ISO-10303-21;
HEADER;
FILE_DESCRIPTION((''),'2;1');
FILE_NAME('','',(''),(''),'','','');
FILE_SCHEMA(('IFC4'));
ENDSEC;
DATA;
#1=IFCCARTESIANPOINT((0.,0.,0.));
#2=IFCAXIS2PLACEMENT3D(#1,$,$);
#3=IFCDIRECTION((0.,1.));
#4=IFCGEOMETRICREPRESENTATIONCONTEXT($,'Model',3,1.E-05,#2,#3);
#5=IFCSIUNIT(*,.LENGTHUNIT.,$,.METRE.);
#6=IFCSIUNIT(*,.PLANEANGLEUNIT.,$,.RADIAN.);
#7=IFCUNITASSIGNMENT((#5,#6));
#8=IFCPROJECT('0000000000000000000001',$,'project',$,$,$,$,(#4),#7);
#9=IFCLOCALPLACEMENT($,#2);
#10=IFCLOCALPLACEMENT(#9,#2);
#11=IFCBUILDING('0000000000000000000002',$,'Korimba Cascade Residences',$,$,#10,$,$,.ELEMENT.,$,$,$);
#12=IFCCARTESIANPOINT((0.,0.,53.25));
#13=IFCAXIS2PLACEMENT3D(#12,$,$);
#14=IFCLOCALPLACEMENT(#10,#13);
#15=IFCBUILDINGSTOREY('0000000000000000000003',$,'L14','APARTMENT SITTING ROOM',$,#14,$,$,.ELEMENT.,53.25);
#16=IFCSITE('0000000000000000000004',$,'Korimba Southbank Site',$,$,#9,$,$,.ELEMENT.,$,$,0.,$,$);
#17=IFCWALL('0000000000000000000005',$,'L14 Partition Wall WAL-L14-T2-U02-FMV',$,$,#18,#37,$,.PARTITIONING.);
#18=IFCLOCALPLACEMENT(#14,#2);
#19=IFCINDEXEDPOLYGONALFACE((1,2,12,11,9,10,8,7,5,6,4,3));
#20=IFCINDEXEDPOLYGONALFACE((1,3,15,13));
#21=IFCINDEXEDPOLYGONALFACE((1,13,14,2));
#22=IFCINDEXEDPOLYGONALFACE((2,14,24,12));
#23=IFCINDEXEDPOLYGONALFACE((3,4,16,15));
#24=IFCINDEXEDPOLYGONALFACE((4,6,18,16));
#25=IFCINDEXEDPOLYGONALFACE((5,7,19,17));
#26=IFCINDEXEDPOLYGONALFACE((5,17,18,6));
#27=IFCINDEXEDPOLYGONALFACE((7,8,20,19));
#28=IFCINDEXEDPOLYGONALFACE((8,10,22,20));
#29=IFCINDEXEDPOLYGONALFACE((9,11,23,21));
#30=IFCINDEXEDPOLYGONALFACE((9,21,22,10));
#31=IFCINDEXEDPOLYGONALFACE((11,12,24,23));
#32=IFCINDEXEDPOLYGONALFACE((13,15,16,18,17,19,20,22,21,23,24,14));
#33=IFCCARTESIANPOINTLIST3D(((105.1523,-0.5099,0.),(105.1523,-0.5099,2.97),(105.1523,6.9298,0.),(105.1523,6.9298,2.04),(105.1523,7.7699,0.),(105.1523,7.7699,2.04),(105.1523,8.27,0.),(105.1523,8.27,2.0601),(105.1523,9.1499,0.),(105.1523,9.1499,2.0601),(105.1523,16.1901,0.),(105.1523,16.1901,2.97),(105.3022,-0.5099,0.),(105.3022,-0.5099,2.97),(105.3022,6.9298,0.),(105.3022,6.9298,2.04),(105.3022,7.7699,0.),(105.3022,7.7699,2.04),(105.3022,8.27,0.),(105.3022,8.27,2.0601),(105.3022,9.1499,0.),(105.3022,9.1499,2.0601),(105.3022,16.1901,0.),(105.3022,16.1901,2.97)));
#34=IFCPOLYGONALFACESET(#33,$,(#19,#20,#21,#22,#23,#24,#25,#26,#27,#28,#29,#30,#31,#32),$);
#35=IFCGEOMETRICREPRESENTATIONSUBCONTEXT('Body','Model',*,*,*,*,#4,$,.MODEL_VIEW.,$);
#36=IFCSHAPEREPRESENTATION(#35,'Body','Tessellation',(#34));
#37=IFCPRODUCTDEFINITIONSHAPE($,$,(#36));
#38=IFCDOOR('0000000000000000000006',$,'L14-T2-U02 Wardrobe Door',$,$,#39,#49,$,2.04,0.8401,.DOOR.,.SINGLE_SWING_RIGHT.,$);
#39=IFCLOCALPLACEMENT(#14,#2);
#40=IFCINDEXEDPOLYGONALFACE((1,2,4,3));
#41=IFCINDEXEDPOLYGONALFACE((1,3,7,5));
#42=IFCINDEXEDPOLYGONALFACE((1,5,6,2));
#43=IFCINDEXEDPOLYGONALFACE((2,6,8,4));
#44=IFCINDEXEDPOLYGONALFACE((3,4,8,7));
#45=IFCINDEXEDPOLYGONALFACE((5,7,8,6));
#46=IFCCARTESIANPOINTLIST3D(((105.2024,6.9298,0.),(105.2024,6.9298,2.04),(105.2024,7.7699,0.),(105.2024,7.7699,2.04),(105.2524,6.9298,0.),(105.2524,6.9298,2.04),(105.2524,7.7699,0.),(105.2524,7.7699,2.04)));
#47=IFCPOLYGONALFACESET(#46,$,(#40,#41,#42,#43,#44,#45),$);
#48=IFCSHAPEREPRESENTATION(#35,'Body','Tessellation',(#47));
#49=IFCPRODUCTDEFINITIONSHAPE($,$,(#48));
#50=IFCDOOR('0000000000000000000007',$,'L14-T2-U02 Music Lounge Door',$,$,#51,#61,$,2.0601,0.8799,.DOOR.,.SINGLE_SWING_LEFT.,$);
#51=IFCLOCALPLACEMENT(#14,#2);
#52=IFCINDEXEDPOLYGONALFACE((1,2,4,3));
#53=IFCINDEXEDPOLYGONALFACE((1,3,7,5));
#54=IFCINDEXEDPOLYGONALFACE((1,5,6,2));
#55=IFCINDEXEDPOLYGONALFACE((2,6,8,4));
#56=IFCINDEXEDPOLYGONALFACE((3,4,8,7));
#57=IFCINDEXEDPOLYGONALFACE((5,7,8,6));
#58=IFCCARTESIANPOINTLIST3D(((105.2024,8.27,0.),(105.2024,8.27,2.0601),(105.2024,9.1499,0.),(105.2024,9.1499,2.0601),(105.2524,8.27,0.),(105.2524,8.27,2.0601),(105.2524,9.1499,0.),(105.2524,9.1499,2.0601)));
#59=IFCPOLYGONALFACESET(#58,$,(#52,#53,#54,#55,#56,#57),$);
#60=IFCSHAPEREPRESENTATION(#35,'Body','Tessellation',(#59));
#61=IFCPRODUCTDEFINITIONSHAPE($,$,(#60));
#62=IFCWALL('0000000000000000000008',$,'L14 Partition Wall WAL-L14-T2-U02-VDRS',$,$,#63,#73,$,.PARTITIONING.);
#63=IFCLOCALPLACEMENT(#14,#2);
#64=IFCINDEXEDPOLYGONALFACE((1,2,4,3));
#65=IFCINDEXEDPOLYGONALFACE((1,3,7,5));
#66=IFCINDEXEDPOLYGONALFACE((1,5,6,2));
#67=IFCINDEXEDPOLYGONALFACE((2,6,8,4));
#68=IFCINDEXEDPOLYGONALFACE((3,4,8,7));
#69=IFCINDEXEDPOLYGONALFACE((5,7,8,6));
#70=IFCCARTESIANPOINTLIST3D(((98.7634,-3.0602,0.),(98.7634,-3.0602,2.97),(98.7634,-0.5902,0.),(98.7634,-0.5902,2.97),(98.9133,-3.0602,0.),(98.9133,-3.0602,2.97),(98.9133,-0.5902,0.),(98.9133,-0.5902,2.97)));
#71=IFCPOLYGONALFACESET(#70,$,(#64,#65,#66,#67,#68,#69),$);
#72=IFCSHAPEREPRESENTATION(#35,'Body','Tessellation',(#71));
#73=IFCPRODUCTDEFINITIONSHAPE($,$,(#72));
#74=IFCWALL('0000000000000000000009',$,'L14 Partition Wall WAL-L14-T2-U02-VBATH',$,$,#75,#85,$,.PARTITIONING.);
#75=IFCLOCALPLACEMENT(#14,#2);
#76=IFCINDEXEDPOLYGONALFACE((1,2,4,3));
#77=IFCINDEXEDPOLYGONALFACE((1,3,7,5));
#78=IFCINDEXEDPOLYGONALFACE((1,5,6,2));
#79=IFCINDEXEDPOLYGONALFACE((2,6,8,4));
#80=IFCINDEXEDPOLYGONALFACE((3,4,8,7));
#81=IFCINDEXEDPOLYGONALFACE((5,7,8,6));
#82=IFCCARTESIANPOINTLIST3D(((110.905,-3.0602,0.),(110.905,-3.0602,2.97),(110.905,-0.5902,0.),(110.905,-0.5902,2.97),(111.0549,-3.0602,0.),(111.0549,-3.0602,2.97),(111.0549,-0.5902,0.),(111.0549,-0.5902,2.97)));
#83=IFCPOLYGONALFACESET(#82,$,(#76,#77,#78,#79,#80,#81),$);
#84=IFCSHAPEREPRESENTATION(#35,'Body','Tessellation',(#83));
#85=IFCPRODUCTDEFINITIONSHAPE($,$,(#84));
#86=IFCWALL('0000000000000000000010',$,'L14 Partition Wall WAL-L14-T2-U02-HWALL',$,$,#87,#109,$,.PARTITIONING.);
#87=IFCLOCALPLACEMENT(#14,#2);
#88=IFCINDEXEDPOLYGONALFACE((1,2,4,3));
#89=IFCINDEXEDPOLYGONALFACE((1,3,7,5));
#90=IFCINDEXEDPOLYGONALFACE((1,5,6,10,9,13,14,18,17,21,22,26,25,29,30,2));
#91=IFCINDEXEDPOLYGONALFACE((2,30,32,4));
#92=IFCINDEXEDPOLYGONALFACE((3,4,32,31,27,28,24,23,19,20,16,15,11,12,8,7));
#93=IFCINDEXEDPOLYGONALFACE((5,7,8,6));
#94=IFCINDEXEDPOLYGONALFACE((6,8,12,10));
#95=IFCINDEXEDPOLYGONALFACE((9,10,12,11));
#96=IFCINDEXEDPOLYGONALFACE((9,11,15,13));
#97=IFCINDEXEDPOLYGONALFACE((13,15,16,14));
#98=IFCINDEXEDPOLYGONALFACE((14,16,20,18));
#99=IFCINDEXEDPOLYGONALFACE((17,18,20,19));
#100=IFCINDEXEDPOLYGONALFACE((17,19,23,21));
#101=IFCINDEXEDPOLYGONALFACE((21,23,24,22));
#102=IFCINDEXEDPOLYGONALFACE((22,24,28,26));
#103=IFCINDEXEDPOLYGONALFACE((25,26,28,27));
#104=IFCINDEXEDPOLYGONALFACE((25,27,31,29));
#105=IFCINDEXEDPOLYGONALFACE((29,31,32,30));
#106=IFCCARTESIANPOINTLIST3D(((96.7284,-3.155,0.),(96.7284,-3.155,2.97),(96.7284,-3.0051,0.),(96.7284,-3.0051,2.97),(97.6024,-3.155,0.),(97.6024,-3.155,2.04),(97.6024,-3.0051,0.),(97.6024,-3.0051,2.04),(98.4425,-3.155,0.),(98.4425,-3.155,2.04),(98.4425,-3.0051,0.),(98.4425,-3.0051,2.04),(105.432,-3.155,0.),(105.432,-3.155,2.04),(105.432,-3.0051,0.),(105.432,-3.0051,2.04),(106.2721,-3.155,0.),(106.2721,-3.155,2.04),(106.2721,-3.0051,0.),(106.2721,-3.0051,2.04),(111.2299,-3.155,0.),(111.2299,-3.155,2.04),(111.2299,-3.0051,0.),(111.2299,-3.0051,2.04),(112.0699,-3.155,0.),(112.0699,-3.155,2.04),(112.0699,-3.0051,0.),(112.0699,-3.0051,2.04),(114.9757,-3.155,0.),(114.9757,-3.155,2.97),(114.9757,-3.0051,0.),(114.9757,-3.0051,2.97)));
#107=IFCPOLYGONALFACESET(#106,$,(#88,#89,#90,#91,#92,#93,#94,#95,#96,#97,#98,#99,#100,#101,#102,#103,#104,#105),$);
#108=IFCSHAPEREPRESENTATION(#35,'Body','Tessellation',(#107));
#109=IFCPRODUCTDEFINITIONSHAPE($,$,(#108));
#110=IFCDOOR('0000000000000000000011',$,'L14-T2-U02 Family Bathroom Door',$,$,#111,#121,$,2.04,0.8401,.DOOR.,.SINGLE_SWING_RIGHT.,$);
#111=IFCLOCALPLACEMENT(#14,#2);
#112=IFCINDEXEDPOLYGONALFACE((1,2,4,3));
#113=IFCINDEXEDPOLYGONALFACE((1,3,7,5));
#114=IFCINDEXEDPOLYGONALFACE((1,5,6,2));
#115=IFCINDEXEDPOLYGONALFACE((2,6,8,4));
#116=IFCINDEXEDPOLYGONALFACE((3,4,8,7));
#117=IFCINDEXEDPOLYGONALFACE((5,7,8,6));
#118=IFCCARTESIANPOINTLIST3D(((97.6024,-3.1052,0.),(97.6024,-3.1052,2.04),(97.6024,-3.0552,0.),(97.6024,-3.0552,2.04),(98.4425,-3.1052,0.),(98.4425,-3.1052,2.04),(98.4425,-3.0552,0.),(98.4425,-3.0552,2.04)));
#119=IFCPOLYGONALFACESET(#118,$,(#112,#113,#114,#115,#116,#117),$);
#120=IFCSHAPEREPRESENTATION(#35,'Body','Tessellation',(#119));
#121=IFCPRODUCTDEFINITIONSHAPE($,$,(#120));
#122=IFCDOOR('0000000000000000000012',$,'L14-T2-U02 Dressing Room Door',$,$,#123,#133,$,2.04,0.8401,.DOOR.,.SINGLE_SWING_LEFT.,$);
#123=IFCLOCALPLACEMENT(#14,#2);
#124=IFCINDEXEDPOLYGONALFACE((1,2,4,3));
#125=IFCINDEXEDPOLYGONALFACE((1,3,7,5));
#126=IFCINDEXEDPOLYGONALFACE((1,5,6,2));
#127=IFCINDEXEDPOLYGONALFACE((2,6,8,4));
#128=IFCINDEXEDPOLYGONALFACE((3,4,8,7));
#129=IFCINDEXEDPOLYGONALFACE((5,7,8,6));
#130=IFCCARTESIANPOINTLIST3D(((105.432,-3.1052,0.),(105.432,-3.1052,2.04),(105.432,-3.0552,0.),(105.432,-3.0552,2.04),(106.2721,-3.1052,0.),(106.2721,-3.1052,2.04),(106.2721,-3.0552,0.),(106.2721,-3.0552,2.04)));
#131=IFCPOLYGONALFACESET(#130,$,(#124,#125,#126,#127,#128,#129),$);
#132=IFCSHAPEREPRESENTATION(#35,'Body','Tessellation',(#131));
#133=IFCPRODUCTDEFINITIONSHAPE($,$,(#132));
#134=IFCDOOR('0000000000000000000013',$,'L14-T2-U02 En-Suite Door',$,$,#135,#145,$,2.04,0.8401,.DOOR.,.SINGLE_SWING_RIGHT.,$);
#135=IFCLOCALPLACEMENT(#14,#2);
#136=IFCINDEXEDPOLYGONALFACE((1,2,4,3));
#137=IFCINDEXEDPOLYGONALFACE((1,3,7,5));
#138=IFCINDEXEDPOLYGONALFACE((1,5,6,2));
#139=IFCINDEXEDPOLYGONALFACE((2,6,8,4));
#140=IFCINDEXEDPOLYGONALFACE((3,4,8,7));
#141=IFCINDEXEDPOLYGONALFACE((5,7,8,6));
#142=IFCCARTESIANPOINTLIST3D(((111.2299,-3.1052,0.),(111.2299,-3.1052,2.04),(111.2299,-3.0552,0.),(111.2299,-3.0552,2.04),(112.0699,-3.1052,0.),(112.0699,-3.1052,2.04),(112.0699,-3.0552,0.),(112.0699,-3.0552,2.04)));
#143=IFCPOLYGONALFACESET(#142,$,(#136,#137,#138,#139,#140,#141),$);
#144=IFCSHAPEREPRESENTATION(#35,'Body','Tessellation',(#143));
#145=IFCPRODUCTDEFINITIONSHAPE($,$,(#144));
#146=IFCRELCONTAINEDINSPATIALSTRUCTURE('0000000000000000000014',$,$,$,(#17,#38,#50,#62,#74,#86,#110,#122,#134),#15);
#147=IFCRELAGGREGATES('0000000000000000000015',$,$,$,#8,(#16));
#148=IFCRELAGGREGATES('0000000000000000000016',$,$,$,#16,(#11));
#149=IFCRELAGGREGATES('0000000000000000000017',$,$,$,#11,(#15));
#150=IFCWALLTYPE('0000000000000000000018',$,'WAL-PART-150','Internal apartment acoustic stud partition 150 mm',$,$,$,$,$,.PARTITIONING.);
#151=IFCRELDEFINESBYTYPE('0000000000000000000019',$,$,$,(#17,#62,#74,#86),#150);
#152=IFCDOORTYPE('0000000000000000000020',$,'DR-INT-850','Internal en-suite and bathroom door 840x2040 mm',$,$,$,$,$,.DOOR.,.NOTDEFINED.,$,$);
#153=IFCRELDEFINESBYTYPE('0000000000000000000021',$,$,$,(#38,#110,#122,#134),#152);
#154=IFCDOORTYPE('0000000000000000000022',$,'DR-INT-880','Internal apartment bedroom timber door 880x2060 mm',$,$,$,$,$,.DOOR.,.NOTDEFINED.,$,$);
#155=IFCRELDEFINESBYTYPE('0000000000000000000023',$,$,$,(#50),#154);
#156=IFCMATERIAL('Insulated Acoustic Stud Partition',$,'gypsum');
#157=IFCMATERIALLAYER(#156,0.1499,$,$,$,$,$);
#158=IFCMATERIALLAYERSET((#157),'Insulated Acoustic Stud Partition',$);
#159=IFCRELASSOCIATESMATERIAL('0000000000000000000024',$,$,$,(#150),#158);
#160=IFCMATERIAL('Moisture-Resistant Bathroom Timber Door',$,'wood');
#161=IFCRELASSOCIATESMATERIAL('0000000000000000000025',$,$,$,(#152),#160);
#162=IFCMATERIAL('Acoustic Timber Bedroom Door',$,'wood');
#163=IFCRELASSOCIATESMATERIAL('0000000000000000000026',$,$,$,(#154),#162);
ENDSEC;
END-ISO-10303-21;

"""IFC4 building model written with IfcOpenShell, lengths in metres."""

from ifc_helpers import new_model, si_unit, direction, frame, frame_2d, origin, place, context, subcontext, project, spatial, rectangle, extrude, material, layer, layer_set, type_object, element, fill, save


model = new_model("IFC4")

# Units and contexts
model_context = context("Model", 3, precision=1e-05, world=origin(), true_north=direction((0.0, 1.0)))
body_context = subcontext(model_context, "Body", "Model", "MODEL_VIEW")
ifc_project = project(units=[si_unit("LENGTHUNIT", "METRE"), si_unit("PLANEANGLEUNIT", "RADIAN")], contexts=[model_context])

# Site, building, storey
site_placement = place(None, origin())
site = spatial("IfcSite", under=ifc_project, at=site_placement, Name="Korimba Southbank Site", CompositionType="ELEMENT", RefElevation=0.0)
building_placement = place(site_placement, origin())
building = spatial("IfcBuilding", under=site, at=building_placement, Name="Korimba Cascade Residences", CompositionType="ELEMENT")
storey_placement = place(building_placement, frame((0.0, 0.0, 53.25)))
storey = spatial("IfcBuildingStorey", under=building, at=storey_placement, Name="L14", Description="APARTMENT SITTING ROOM", CompositionType="ELEMENT", Elevation=53.25)

# Wall, openings, doors
ifc_material_1 = material(Name="Insulated Acoustic Stud Partition", Category="gypsum")
ifc_layer = layer(ifc_material_1, 0.1499)
ifc_layer_set = layer_set([ifc_layer], Name="Insulated Acoustic Stud Partition")
wall_type = type_object("IfcWallType", Name="WAL-PART-150", Description="Internal apartment acoustic stud partition 150 mm", PredefinedType="PARTITIONING", material=ifc_layer_set)
wall_1_placement = place(storey_placement, frame((105.2273, -0.51, 0.0), z_axis=(0.0, 0.0, 1.0), x_axis=(0.0, 1.0, 0.0)))
wall_1 = element("IfcWall", 1, at=wall_1_placement, inside=storey, type_object=wall_type, Name="L14 Partition Wall WAL-L14-T2-U02-FMV", PredefinedType="PARTITIONING", context=body_context, shape_type="SweptSolid", body=[
    extrude(rectangle(XDim=16.7, YDim=0.1499, at=frame_2d((8.3501, 0.0))), origin(), (0.0, 0.0, 1.0), 2.97),
])
opening_1_placement = place(wall_1_placement, frame((7.4399, 0.0, 0.0)))
opening_1 = element("IfcOpeningElement", 2, at=opening_1_placement, cuts=wall_1, PredefinedType="OPENING", context=body_context, shape_type="SweptSolid", body=[
    extrude(rectangle(XDim=0.8401, YDim=2.04, at=frame_2d((0.4199, 1.02))), frame((0.0, 0.085, 0.0), z_axis=(0.0, -1.0, 0.0), x_axis=(1.0, 0.0, 0.0)), (0.0, 0.0, 1.0), 0.1699),
])
opening_2_placement = place(wall_1_placement, frame((8.78, 0.0, 0.0)))
opening_2 = element("IfcOpeningElement", 3, at=opening_2_placement, cuts=wall_1, PredefinedType="OPENING", context=body_context, shape_type="SweptSolid", body=[
    extrude(rectangle(XDim=0.8799, YDim=2.0601, at=frame_2d((0.4399, 1.03))), frame((0.0, 0.085, 0.0), z_axis=(0.0, -1.0, 0.0), x_axis=(1.0, 0.0, 0.0)), (0.0, 0.0, 1.0), 0.1699),
])
ifc_material_2 = material(Name="Moisture-Resistant Bathroom Timber Door", Category="wood")
door_type_1 = type_object("IfcDoorType", Name="DR-INT-850", Description="Internal en-suite and bathroom door 840x2040 mm", OperationType="NOTDEFINED", PredefinedType="DOOR", material=ifc_material_2)
door_1_placement = place(opening_1_placement, origin())
door_1 = element("IfcDoor", 4, at=door_1_placement, inside=storey, type_object=door_type_1, Name="L14-T2-U02 Wardrobe Door", OperationType="SINGLE_SWING_RIGHT", OverallHeight=2.04, OverallWidth=0.8401, PredefinedType="DOOR", context=body_context, shape_type="SweptSolid", body=[
    extrude(rectangle(XDim=0.8401, YDim=2.04, at=frame_2d((0.4199, 1.02))), frame((0.0, 0.0249, 0.0), z_axis=(0.0, -1.0, 0.0), x_axis=(1.0, 0.0, 0.0)), (0.0, 0.0, 1.0), 0.05),
])
fill(opening_1, door_1)
ifc_material_3 = material(Name="Acoustic Timber Bedroom Door", Category="wood")
door_type_2 = type_object("IfcDoorType", Name="DR-INT-880", Description="Internal apartment bedroom timber door 880x2060 mm", OperationType="NOTDEFINED", PredefinedType="DOOR", material=ifc_material_3)
door_2_placement = place(opening_2_placement, origin())
door_2 = element("IfcDoor", 5, at=door_2_placement, inside=storey, type_object=door_type_2, Name="L14-T2-U02 Music Lounge Door", OperationType="SINGLE_SWING_LEFT", OverallHeight=2.0601, OverallWidth=0.8799, PredefinedType="DOOR", context=body_context, shape_type="SweptSolid", body=[
    extrude(rectangle(XDim=0.8799, YDim=2.0601, at=frame_2d((0.4399, 1.03))), frame((0.0, 0.0249, 0.0), z_axis=(0.0, -1.0, 0.0), x_axis=(1.0, 0.0, 0.0)), (0.0, 0.0, 1.0), 0.05),
])
fill(opening_2, door_2)

# Walls
for number, where, z_axis, x_axis, name in (
    (6, (98.8384, -3.0601, 0.0), (0.0, 0.0, 1.0), (0.0, 1.0, 0.0), "L14 Partition Wall WAL-L14-T2-U02-VDRS"),
    (7, (110.98, -3.0601, 0.0), (0.0, 0.0, 1.0), (0.0, 1.0, 0.0), "L14 Partition Wall WAL-L14-T2-U02-VBATH"),
):
    element("IfcWall", number, at=place(storey_placement, frame(where, z_axis=z_axis, x_axis=x_axis)), inside=storey, type_object=wall_type, Name=name, PredefinedType="PARTITIONING", context=body_context, shape_type="SweptSolid", body=[
        extrude(rectangle(XDim=2.47, YDim=0.1499, at=frame_2d((1.2349, 0.0))), origin(), (0.0, 0.0, 1.0), 2.97),
    ])

# Wall, openings, doors
wall_2_placement = place(storey_placement, frame((96.7285, -3.0801, 0.0), z_axis=(0.0, 0.0, 1.0), x_axis=(1.0, 0.0, 0.0)))
wall_2 = element("IfcWall", 8, at=wall_2_placement, inside=storey, type_object=wall_type, Name="L14 Partition Wall WAL-L14-T2-U02-HWALL", PredefinedType="PARTITIONING", context=body_context, shape_type="SweptSolid", body=[
    extrude(rectangle(XDim=18.2473, YDim=0.1499, at=frame_2d((9.1235, 0.0))), origin(), (0.0, 0.0, 1.0), 2.97),
])
opening_3_placement = place(wall_2_placement, frame((0.874, 0.0, 0.0)))
opening_3 = element("IfcOpeningElement", 9, at=opening_3_placement, cuts=wall_2, PredefinedType="OPENING", context=body_context, shape_type="SweptSolid", body=[
    extrude(rectangle(XDim=0.8401, YDim=2.04, at=frame_2d((0.4199, 1.02))), frame((0.0, 0.085, 0.0), z_axis=(0.0, -1.0, 0.0), x_axis=(1.0, 0.0, 0.0)), (0.0, 0.0, 1.0), 0.1699),
])
opening_4_placement = place(wall_2_placement, frame((8.7036, 0.0, 0.0)))
opening_4 = element("IfcOpeningElement", 10, at=opening_4_placement, cuts=wall_2, PredefinedType="OPENING", context=body_context, shape_type="SweptSolid", body=[
    extrude(rectangle(XDim=0.8401, YDim=2.04, at=frame_2d((0.4199, 1.02))), frame((0.0, 0.085, 0.0), z_axis=(0.0, -1.0, 0.0), x_axis=(1.0, 0.0, 0.0)), (0.0, 0.0, 1.0), 0.1699),
])
opening_5_placement = place(wall_2_placement, frame((14.5015, 0.0, 0.0)))
opening_5 = element("IfcOpeningElement", 11, at=opening_5_placement, cuts=wall_2, PredefinedType="OPENING", context=body_context, shape_type="SweptSolid", body=[
    extrude(rectangle(XDim=0.8401, YDim=2.04, at=frame_2d((0.4199, 1.02))), frame((0.0, 0.085, 0.0), z_axis=(0.0, -1.0, 0.0), x_axis=(1.0, 0.0, 0.0)), (0.0, 0.0, 1.0), 0.1699),
])
door_3_placement = place(opening_3_placement, origin())
door_3 = element("IfcDoor", 12, at=door_3_placement, inside=storey, type_object=door_type_1, Name="L14-T2-U02 Family Bathroom Door", OperationType="SINGLE_SWING_RIGHT", OverallHeight=2.04, OverallWidth=0.8401, PredefinedType="DOOR", context=body_context, shape_type="SweptSolid", body=[
    extrude(rectangle(XDim=0.8401, YDim=2.04, at=frame_2d((0.4199, 1.02))), frame((0.0, 0.0249, 0.0), z_axis=(0.0, -1.0, 0.0), x_axis=(1.0, 0.0, 0.0)), (0.0, 0.0, 1.0), 0.05),
])
fill(opening_3, door_3)
door_4_placement = place(opening_4_placement, origin())
door_4 = element("IfcDoor", 13, at=door_4_placement, inside=storey, type_object=door_type_1, Name="L14-T2-U02 Dressing Room Door", OperationType="SINGLE_SWING_LEFT", OverallHeight=2.04, OverallWidth=0.8401, PredefinedType="DOOR", context=body_context, shape_type="SweptSolid", body=[
    extrude(rectangle(XDim=0.8401, YDim=2.04, at=frame_2d((0.4199, 1.02))), frame((0.0, 0.0249, 0.0), z_axis=(0.0, -1.0, 0.0), x_axis=(1.0, 0.0, 0.0)), (0.0, 0.0, 1.0), 0.05),
])
fill(opening_4, door_4)
door_5_placement = place(opening_5_placement, origin())
door_5 = element("IfcDoor", 14, at=door_5_placement, inside=storey, type_object=door_type_1, Name="L14-T2-U02 En-Suite Door", OperationType="SINGLE_SWING_RIGHT", OverallHeight=2.04, OverallWidth=0.8401, PredefinedType="DOOR", context=body_context, shape_type="SweptSolid", body=[
    extrude(rectangle(XDim=0.8401, YDim=2.04, at=frame_2d((0.4199, 1.02))), frame((0.0, 0.0249, 0.0), z_axis=(0.0, -1.0, 0.0), x_axis=(1.0, 0.0, 0.0)), (0.0, 0.0, 1.0), 0.05),
])
fill(opening_5, door_5)

save(model, "model.ifc")
